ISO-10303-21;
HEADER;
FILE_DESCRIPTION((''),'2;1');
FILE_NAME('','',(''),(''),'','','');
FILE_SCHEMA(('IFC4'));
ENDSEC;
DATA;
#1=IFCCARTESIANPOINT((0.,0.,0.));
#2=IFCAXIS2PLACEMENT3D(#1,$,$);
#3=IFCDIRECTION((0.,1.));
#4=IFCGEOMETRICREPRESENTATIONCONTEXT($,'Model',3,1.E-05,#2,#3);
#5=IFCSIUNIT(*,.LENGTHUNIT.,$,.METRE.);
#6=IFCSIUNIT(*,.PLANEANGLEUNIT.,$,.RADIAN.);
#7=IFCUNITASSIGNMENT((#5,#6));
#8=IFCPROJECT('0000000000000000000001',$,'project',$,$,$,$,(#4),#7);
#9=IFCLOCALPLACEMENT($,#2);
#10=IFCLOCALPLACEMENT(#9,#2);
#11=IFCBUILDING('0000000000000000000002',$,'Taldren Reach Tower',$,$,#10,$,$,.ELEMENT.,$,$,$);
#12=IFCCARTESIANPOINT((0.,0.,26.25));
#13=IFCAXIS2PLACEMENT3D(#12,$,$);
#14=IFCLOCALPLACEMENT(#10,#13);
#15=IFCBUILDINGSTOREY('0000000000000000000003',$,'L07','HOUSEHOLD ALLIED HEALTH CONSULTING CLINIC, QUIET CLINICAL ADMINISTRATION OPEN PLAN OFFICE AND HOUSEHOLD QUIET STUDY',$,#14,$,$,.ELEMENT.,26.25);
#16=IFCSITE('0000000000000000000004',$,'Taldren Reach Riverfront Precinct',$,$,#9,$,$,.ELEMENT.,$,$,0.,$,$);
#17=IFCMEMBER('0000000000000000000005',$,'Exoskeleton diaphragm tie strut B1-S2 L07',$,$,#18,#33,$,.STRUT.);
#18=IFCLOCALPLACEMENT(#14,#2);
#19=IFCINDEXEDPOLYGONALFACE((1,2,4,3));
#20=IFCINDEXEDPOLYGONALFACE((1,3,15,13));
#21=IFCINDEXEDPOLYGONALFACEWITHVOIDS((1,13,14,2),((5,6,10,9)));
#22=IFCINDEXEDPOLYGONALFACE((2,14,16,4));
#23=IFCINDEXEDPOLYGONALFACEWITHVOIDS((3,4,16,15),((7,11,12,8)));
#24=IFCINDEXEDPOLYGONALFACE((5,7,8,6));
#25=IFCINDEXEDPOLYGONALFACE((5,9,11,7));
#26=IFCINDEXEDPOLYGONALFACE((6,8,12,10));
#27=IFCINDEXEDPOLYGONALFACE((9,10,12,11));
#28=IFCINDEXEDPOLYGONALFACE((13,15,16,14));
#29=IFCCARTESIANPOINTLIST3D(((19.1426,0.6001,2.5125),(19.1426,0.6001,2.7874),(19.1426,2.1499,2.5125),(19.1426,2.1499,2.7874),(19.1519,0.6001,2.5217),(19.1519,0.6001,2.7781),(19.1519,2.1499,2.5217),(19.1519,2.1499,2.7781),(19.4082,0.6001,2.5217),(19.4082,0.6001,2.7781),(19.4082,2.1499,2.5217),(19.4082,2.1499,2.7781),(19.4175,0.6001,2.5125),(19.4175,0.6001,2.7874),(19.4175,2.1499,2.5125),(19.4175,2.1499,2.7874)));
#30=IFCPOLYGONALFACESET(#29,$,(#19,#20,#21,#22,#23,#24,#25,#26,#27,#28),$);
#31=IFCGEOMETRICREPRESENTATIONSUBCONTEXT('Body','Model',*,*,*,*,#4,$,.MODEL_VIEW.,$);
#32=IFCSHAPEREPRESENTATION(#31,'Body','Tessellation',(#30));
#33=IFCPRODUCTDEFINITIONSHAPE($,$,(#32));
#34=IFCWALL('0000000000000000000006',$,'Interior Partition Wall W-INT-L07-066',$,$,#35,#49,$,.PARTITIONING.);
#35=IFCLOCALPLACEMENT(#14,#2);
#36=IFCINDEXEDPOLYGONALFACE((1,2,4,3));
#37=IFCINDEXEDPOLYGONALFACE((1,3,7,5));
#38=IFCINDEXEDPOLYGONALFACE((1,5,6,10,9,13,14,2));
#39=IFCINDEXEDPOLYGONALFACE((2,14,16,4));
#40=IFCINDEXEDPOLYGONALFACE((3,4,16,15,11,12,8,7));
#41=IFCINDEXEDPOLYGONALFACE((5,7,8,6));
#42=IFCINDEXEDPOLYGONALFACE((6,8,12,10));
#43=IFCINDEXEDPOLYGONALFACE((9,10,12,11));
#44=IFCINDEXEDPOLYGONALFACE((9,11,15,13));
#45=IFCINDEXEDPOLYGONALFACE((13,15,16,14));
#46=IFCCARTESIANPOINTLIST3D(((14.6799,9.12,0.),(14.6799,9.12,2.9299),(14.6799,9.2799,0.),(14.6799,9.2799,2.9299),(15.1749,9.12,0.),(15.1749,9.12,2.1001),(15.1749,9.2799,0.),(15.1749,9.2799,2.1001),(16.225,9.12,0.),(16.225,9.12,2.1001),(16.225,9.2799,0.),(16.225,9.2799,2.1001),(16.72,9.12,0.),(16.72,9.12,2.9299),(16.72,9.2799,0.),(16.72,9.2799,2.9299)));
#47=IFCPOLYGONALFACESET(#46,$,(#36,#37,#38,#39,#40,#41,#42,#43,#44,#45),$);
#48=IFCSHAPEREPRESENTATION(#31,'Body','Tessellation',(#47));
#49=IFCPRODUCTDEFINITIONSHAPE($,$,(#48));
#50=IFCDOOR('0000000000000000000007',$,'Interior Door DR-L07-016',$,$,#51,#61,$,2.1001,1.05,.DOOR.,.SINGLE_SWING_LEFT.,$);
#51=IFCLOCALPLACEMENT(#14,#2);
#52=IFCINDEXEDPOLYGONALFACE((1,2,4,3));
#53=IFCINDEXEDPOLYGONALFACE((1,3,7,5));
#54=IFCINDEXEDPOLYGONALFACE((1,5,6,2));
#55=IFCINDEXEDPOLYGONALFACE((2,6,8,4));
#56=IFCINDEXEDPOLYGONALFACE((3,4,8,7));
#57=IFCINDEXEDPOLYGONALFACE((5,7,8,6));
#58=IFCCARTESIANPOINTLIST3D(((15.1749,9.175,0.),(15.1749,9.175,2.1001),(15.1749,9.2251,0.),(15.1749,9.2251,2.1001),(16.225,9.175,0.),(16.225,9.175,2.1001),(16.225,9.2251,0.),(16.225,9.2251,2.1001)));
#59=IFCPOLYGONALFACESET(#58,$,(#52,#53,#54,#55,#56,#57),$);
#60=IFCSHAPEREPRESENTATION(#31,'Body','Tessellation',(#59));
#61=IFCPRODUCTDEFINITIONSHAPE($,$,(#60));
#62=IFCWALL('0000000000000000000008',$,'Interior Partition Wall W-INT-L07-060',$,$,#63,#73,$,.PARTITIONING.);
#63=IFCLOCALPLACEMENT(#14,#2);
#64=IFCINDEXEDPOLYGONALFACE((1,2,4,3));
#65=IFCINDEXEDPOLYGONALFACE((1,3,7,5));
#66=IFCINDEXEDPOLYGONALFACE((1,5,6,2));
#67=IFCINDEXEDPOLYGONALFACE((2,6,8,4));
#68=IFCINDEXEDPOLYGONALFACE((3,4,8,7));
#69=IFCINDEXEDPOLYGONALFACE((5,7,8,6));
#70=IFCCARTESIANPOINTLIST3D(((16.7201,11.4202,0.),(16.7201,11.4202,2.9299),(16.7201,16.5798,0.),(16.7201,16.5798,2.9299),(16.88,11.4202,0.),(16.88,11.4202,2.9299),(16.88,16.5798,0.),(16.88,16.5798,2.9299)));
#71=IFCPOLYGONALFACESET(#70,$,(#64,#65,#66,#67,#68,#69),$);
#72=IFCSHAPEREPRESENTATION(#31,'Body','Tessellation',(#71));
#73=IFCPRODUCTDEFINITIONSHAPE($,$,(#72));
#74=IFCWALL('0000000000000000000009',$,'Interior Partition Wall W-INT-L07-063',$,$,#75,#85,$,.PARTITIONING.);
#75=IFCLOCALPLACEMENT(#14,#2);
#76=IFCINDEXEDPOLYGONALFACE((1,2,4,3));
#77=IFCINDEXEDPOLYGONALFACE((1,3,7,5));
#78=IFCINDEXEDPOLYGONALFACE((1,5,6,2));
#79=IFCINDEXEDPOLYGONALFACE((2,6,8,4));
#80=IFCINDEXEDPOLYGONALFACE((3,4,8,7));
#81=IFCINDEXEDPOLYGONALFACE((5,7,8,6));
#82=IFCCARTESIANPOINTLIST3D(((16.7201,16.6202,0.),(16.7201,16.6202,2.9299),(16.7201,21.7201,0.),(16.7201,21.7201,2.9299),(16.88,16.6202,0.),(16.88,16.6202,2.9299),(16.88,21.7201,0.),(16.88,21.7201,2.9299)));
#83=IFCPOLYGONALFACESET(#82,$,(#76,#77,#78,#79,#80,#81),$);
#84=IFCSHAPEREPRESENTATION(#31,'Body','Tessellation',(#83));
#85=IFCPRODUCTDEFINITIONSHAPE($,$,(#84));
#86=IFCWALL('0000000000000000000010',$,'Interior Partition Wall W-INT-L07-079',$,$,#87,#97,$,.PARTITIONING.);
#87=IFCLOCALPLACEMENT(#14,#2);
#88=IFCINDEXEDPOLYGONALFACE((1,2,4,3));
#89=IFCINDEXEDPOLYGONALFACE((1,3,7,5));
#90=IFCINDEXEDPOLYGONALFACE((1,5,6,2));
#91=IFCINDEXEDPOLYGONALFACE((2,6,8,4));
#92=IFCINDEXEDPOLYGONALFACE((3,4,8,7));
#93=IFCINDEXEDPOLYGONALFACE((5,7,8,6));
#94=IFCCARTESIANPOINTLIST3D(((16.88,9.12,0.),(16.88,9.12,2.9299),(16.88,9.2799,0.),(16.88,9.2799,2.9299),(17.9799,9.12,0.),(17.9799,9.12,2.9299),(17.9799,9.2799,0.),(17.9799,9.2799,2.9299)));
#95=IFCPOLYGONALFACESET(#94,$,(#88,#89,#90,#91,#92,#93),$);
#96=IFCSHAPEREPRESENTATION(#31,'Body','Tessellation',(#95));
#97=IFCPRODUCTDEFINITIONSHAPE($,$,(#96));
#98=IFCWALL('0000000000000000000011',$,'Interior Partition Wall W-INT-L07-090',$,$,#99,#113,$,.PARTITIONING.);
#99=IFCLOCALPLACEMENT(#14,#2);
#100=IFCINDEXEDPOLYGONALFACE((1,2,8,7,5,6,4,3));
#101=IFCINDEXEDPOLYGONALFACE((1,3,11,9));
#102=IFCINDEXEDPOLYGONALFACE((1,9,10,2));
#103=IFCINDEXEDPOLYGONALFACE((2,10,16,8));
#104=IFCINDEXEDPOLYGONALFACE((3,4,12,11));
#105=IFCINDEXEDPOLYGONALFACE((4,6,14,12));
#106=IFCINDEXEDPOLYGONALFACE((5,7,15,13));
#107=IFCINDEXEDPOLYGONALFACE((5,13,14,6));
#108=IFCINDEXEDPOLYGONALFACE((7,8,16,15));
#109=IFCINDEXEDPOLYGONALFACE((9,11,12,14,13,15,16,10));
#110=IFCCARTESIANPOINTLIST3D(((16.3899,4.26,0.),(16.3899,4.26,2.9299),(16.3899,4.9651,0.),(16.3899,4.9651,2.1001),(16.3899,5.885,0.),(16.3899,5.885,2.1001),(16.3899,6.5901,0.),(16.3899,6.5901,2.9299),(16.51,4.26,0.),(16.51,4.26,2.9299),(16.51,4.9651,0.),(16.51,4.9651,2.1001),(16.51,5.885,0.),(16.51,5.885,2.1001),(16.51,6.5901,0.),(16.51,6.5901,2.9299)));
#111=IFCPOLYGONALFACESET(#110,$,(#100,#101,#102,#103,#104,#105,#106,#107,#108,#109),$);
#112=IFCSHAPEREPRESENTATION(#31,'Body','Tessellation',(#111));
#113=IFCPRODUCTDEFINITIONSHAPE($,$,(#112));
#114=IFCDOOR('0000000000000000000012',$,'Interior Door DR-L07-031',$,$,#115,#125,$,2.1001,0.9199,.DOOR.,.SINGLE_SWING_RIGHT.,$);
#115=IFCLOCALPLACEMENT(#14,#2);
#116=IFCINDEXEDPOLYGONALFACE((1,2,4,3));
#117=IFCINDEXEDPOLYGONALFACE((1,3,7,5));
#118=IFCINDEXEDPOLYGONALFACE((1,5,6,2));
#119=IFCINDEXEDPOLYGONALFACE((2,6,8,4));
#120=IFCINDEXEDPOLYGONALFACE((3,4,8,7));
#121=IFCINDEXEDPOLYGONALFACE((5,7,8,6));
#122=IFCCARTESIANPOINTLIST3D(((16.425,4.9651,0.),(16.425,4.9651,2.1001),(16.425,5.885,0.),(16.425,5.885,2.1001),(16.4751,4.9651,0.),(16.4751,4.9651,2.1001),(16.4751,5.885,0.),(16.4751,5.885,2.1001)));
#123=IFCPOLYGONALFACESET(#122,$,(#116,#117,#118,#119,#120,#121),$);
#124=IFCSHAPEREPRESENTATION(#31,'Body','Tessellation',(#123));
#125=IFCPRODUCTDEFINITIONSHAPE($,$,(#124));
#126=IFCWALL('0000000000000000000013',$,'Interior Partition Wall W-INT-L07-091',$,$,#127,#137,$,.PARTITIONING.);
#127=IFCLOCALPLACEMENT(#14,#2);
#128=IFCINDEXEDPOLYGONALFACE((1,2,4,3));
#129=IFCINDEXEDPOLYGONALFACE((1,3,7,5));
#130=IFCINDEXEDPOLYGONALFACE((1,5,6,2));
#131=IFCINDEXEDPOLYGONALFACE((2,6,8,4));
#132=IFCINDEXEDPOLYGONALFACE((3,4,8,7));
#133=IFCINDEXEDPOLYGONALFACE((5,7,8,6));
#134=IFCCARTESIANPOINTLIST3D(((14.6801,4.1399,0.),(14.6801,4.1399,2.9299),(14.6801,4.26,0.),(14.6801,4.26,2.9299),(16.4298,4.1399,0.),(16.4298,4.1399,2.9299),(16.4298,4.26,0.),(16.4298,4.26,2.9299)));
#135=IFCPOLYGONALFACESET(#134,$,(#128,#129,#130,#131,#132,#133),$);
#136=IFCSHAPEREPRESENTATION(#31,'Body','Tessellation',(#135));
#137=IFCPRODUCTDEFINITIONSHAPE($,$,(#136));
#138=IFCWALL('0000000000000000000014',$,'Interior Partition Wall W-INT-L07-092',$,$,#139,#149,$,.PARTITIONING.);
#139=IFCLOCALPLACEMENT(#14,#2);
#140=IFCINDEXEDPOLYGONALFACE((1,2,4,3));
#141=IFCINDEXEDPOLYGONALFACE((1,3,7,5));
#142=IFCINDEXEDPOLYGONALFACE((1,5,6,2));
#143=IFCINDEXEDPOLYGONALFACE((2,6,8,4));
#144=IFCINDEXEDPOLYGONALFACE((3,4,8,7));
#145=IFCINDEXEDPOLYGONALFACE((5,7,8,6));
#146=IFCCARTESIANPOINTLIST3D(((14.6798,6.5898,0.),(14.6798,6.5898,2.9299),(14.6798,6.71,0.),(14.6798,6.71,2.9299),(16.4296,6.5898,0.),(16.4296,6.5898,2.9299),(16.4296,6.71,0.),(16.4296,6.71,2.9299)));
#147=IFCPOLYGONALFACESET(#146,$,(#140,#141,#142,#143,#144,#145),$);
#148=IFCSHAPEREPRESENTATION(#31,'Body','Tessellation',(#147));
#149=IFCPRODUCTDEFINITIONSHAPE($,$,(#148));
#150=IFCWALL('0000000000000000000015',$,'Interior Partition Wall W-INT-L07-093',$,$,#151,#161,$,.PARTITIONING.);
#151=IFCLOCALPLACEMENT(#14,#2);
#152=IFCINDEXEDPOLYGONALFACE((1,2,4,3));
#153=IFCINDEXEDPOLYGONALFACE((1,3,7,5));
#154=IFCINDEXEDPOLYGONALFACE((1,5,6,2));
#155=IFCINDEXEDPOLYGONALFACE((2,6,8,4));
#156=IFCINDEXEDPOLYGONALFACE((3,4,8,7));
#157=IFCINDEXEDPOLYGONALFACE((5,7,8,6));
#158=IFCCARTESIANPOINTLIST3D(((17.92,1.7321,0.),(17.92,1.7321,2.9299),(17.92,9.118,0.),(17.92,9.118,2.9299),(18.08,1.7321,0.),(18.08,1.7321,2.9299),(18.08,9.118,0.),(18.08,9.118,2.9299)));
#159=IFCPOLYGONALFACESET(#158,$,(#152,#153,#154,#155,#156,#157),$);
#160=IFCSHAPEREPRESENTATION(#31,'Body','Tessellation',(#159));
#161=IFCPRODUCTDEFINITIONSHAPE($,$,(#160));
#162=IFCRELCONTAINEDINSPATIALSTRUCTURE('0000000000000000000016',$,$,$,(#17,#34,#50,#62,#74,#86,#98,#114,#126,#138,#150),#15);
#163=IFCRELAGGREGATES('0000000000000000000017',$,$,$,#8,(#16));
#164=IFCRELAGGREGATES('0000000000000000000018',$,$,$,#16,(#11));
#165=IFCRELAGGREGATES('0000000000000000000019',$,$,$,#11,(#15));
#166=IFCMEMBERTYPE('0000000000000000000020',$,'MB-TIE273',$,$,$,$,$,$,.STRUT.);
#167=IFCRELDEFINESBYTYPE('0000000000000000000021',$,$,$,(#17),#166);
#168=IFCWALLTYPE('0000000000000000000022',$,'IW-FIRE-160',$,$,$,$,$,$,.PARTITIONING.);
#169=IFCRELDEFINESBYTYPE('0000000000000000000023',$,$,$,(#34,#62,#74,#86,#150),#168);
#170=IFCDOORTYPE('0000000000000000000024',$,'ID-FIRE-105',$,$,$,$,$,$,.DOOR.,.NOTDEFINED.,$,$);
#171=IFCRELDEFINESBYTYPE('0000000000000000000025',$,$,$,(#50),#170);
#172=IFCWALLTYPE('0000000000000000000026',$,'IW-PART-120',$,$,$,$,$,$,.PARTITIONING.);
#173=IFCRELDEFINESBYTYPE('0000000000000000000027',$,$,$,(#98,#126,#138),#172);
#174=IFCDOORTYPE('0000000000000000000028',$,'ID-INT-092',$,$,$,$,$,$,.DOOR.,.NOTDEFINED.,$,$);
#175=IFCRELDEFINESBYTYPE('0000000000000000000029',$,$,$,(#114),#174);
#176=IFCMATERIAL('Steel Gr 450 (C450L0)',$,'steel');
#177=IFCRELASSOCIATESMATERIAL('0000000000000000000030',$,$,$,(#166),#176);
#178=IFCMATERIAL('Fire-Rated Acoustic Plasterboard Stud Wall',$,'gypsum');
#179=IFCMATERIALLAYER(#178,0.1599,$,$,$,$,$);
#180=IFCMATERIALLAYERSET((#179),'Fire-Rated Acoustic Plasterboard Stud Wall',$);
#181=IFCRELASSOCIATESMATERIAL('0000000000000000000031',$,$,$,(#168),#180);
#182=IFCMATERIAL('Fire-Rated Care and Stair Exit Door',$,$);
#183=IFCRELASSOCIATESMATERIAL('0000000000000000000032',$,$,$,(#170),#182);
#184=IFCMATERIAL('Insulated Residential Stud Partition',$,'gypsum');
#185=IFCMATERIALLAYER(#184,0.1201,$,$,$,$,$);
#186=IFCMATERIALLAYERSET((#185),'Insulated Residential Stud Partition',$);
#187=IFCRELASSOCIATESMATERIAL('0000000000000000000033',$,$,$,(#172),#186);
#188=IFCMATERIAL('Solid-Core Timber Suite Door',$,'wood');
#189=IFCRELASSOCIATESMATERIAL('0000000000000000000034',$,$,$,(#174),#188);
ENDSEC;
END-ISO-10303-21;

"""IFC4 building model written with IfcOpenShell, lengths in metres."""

from ifc_helpers import new_model, si_unit, direction, frame, frame_2d, origin, origin_2d, place, context, subcontext, project, spatial, rectangle, hollow_rectangle, extrude, source, transform, mapped, material, layer, layer_set, material_profile, profile_set, type_object, element, fill, save


model = new_model("IFC4")

# Units and contexts
model_context = context("Model", 3, precision=1e-05, world=origin(), true_north=direction((0.0, 1.0)))
body_context = subcontext(model_context, "Body", "Model", "MODEL_VIEW")
ifc_project = project(units=[si_unit("LENGTHUNIT", "METRE"), si_unit("PLANEANGLEUNIT", "RADIAN")], contexts=[model_context])

# Site, building, storey
site_placement = place(None, origin())
site = spatial("IfcSite", under=ifc_project, at=site_placement, Name="Taldren Reach Riverfront Precinct", CompositionType="ELEMENT", RefElevation=0.0)
building_placement = place(site_placement, origin())
building = spatial("IfcBuilding", under=site, at=building_placement, Name="Taldren Reach Tower", CompositionType="ELEMENT")
storey_placement = place(building_placement, frame((0.0, 0.0, 26.25)))
storey = spatial("IfcBuildingStorey", under=building, at=storey_placement, Name="L07", Description="HOUSEHOLD ALLIED HEALTH CONSULTING CLINIC, QUIET CLINICAL ADMINISTRATION OPEN PLAN OFFICE AND HOUSEHOLD QUIET STUDY", CompositionType="ELEMENT", Elevation=26.25)

# Member
ifc_material_1 = material(Name="Steel Gr 450 (C450L0)", Category="steel")
ifc_material_profile_1 = material_profile(ifc_material_1, hollow_rectangle(XDim=0.2749, YDim=0.2749, WallThickness=0.0093, at=origin_2d()), Name="275x275x9.3SHS")
ifc_profile_set_1 = profile_set([ifc_material_profile_1], Name="Steel Gr 450 (C450L0)")
member_type = type_object("IfcMemberType", Name="MB-TIE273", PredefinedType="STRUT", material=ifc_profile_set_1)
shared_shape_1 = source(origin(), body_context, "Body", "SweptSolid", [
    extrude(hollow_rectangle(XDim=0.2749, YDim=0.2749, WallThickness=0.0093, at=origin_2d()), origin(), (0.0, 0.0, 1.0), 1.5498),
])
member_placement = place(storey_placement, frame((19.28, 2.1499, 2.6499), z_axis=(0.0, -1.0, 0.0), x_axis=(1.0, 0.0, 0.0)))
element("IfcMember", 1, at=member_placement, inside=storey, type_object=member_type, Name="Exoskeleton diaphragm tie strut B1-S2 L07", PredefinedType="STRUT", context=body_context, shape_type="MappedRepresentation", body=[
    mapped(shared_shape_1, transform((0.0, 0.0, 0.0), scale=1.0)),
])

# Wall, opening, door
ifc_material_2 = material(Name="Fire-Rated Acoustic Plasterboard Stud Wall", Category="gypsum")
ifc_layer_1 = layer(ifc_material_2, 0.1599)
ifc_layer_set_1 = layer_set([ifc_layer_1], Name="Fire-Rated Acoustic Plasterboard Stud Wall")
wall_type_1 = type_object("IfcWallType", Name="IW-FIRE-160", PredefinedType="PARTITIONING", material=ifc_layer_set_1)
shared_shape_2 = source(origin(), body_context, "Body", "SweptSolid", [
    extrude(rectangle(XDim=2.04, YDim=0.1599, at=frame_2d((1.02, 0.0))), origin(), (0.0, 0.0, 1.0), 2.9299),
])
wall_1_placement = place(storey_placement, frame((16.72, 9.2, 0.0), z_axis=(0.0, 0.0, 1.0), x_axis=(-1.0, 0.0, 0.0)))
wall_1 = element("IfcWall", 2, at=wall_1_placement, inside=storey, type_object=wall_type_1, Name="Interior Partition Wall W-INT-L07-066", PredefinedType="PARTITIONING", context=body_context, shape_type="MappedRepresentation", body=[
    mapped(shared_shape_2, transform((0.0, 0.0, 0.0), scale=1.0)),
])
shared_shape_3 = source(origin(), body_context, "Body", "SweptSolid", [
    extrude(rectangle(XDim=1.05, YDim=2.1001, at=frame_2d((0.5249, 1.05))), frame((0.0, 0.0898, 0.0), z_axis=(0.0, -1.0, 0.0), x_axis=(1.0, 0.0, 0.0)), (0.0, 0.0, 1.0), 0.1799),
])
opening_1_placement = place(wall_1_placement, frame((0.4951, 0.0, 0.0)))
opening_1 = element("IfcOpeningElement", 3, at=opening_1_placement, cuts=wall_1, PredefinedType="OPENING", context=body_context, shape_type="MappedRepresentation", body=[
    mapped(shared_shape_3, transform((0.0, 0.0, 0.0), scale=1.0)),
])
ifc_material_3 = material(Name="Fire-Rated Care and Stair Exit Door")
door_type_1 = type_object("IfcDoorType", Name="ID-FIRE-105", OperationType="NOTDEFINED", PredefinedType="DOOR", material=ifc_material_3)
shared_shape_4 = source(origin(), body_context, "Body", "SweptSolid", [
    extrude(rectangle(XDim=1.05, YDim=2.1001, at=frame_2d((0.5249, 1.05))), frame((0.0, 0.0249, 0.0), z_axis=(0.0, -1.0, 0.0), x_axis=(1.0, 0.0, 0.0)), (0.0, 0.0, 1.0), 0.05),
])
door_1_placement = place(opening_1_placement, origin())
door_1 = element("IfcDoor", 4, at=door_1_placement, inside=storey, type_object=door_type_1, Name="Interior Door DR-L07-016", OperationType="SINGLE_SWING_LEFT", OverallHeight=2.1001, OverallWidth=1.05, PredefinedType="DOOR", context=body_context, shape_type="MappedRepresentation", body=[
    mapped(shared_shape_4, transform((0.0, 0.0, 0.0), scale=1.0)),
])
fill(opening_1, door_1)

# Walls
shared_shape_5 = source(origin(), body_context, "Body", "SweptSolid", [
    extrude(rectangle(XDim=5.1597, YDim=0.1599, at=frame_2d((2.5798, 0.0))), origin(), (0.0, 0.0, 1.0), 2.9299),
])
wall_2_placement = place(storey_placement, frame((16.8, 16.5798, 0.0), z_axis=(0.0, 0.0, 1.0), x_axis=(0.0, -1.0, 0.0)))
element("IfcWall", 5, at=wall_2_placement, inside=storey, type_object=wall_type_1, Name="Interior Partition Wall W-INT-L07-060", PredefinedType="PARTITIONING", context=body_context, shape_type="MappedRepresentation", body=[
    mapped(shared_shape_5, transform((0.0, 0.0, 0.0), scale=1.0)),
])
shared_shape_6 = source(origin(), body_context, "Body", "SweptSolid", [
    extrude(rectangle(XDim=5.0999, YDim=0.1599, at=frame_2d((2.5498, 0.0))), origin(), (0.0, 0.0, 1.0), 2.9299),
])
wall_3_placement = place(storey_placement, frame((16.8, 21.72, 0.0), z_axis=(0.0, 0.0, 1.0), x_axis=(0.0, -1.0, 0.0)))
element("IfcWall", 6, at=wall_3_placement, inside=storey, type_object=wall_type_1, Name="Interior Partition Wall W-INT-L07-063", PredefinedType="PARTITIONING", context=body_context, shape_type="MappedRepresentation", body=[
    mapped(shared_shape_6, transform((0.0, 0.0, 0.0), scale=1.0)),
])
shared_shape_7 = source(origin(), body_context, "Body", "SweptSolid", [
    extrude(rectangle(XDim=1.0999, YDim=0.1599, at=frame_2d((0.5498, 0.0))), origin(), (0.0, 0.0, 1.0), 2.9299),
])
wall_4_placement = place(storey_placement, frame((17.9797, 9.2, 0.0), z_axis=(0.0, 0.0, 1.0), x_axis=(-1.0, 0.0, 0.0)))
element("IfcWall", 7, at=wall_4_placement, inside=storey, type_object=wall_type_1, Name="Interior Partition Wall W-INT-L07-079", PredefinedType="PARTITIONING", context=body_context, shape_type="MappedRepresentation", body=[
    mapped(shared_shape_7, transform((0.0, 0.0, 0.0), scale=1.0)),
])

# Wall, opening, door
ifc_material_4 = material(Name="Insulated Residential Stud Partition", Category="gypsum")
ifc_layer_2 = layer(ifc_material_4, 0.1201)
ifc_layer_set_2 = layer_set([ifc_layer_2], Name="Insulated Residential Stud Partition")
wall_type_2 = type_object("IfcWallType", Name="IW-PART-120", PredefinedType="PARTITIONING", material=ifc_layer_set_2)
shared_shape_8 = source(origin(), body_context, "Body", "SweptSolid", [
    extrude(rectangle(XDim=2.3301, YDim=0.1201, at=frame_2d((1.165, 0.0))), origin(), (0.0, 0.0, 1.0), 2.9299),
])
wall_5_placement = place(storey_placement, frame((16.45, 4.26, 0.0), z_axis=(0.0, 0.0, 1.0), x_axis=(0.0, 1.0, 0.0)))
wall_5 = element("IfcWall", 8, at=wall_5_placement, inside=storey, type_object=wall_type_2, Name="Interior Partition Wall W-INT-L07-090", PredefinedType="PARTITIONING", context=body_context, shape_type="MappedRepresentation", body=[
    mapped(shared_shape_8, transform((0.0, 0.0, 0.0), scale=1.0)),
])
shared_shape_9 = source(origin(), body_context, "Body", "SweptSolid", [
    extrude(rectangle(XDim=0.9199, YDim=2.1001, at=frame_2d((0.46, 1.05))), frame((0.0, 0.0701, 0.0), z_axis=(0.0, -1.0, 0.0), x_axis=(1.0, 0.0, 0.0)), (0.0, 0.0, 1.0), 0.1401),
])
opening_2_placement = place(wall_5_placement, frame((0.7051, 0.0, 0.0)))
opening_2 = element("IfcOpeningElement", 9, at=opening_2_placement, cuts=wall_5, PredefinedType="OPENING", context=body_context, shape_type="MappedRepresentation", body=[
    mapped(shared_shape_9, transform((0.0, 0.0, 0.0), scale=1.0)),
])
ifc_material_5 = material(Name="Solid-Core Timber Suite Door", Category="wood")
door_type_2 = type_object("IfcDoorType", Name="ID-INT-092", OperationType="NOTDEFINED", PredefinedType="DOOR", material=ifc_material_5)
shared_shape_10 = source(origin(), body_context, "Body", "SweptSolid", [
    extrude(rectangle(XDim=0.9199, YDim=2.1001, at=frame_2d((0.46, 1.05))), frame((0.0, 0.0249, 0.0), z_axis=(0.0, -1.0, 0.0), x_axis=(1.0, 0.0, 0.0)), (0.0, 0.0, 1.0), 0.05),
])
door_2_placement = place(opening_2_placement, origin())
door_2 = element("IfcDoor", 10, at=door_2_placement, inside=storey, type_object=door_type_2, Name="Interior Door DR-L07-031", OperationType="SINGLE_SWING_RIGHT", OverallHeight=2.1001, OverallWidth=0.9199, PredefinedType="DOOR", context=body_context, shape_type="MappedRepresentation", body=[
    mapped(shared_shape_10, transform((0.0, 0.0, 0.0), scale=1.0)),
])
fill(opening_2, door_2)

# Walls
shared_shape_11 = source(origin(), body_context, "Body", "SweptSolid", [
    extrude(rectangle(XDim=1.7498, YDim=0.1201, at=frame_2d((0.875, 0.0))), origin(), (0.0, 0.0, 1.0), 2.9299),
])
for number, where, z_axis, x_axis, name in (
    (11, (14.6799, 4.2, 0.0), (0.0, 0.0, 1.0), (1.0, 0.0, 0.0), "Interior Partition Wall W-INT-L07-091"),
    (12, (16.4297, 6.6499, 0.0), (0.0, 0.0, 1.0), (-1.0, 0.0, 0.0), "Interior Partition Wall W-INT-L07-092"),
):
    element("IfcWall", number, at=place(storey_placement, frame(where, z_axis=z_axis, x_axis=x_axis)), inside=storey, type_object=wall_type_2, Name=name, PredefinedType="PARTITIONING", context=body_context, shape_type="MappedRepresentation", body=[
        mapped(shared_shape_11, transform((0.0, 0.0, 0.0), scale=1.0)),
    ])
shared_shape_12 = source(origin(), body_context, "Body", "SweptSolid", [
    extrude(rectangle(XDim=7.386, YDim=0.1599, at=frame_2d((3.6929, 0.0))), origin(), (0.0, 0.0, 1.0), 2.9299),
])
wall_6_placement = place(storey_placement, frame((18.0, 9.1179, 0.0), z_axis=(0.0, 0.0, 1.0), x_axis=(0.0, -1.0, 0.0)))
element("IfcWall", 13, at=wall_6_placement, inside=storey, type_object=wall_type_1, Name="Interior Partition Wall W-INT-L07-093", PredefinedType="PARTITIONING", context=body_context, shape_type="MappedRepresentation", body=[
    mapped(shared_shape_12, transform((0.0, 0.0, 0.0), scale=1.0)),
])

save(model, "model.ifc")
